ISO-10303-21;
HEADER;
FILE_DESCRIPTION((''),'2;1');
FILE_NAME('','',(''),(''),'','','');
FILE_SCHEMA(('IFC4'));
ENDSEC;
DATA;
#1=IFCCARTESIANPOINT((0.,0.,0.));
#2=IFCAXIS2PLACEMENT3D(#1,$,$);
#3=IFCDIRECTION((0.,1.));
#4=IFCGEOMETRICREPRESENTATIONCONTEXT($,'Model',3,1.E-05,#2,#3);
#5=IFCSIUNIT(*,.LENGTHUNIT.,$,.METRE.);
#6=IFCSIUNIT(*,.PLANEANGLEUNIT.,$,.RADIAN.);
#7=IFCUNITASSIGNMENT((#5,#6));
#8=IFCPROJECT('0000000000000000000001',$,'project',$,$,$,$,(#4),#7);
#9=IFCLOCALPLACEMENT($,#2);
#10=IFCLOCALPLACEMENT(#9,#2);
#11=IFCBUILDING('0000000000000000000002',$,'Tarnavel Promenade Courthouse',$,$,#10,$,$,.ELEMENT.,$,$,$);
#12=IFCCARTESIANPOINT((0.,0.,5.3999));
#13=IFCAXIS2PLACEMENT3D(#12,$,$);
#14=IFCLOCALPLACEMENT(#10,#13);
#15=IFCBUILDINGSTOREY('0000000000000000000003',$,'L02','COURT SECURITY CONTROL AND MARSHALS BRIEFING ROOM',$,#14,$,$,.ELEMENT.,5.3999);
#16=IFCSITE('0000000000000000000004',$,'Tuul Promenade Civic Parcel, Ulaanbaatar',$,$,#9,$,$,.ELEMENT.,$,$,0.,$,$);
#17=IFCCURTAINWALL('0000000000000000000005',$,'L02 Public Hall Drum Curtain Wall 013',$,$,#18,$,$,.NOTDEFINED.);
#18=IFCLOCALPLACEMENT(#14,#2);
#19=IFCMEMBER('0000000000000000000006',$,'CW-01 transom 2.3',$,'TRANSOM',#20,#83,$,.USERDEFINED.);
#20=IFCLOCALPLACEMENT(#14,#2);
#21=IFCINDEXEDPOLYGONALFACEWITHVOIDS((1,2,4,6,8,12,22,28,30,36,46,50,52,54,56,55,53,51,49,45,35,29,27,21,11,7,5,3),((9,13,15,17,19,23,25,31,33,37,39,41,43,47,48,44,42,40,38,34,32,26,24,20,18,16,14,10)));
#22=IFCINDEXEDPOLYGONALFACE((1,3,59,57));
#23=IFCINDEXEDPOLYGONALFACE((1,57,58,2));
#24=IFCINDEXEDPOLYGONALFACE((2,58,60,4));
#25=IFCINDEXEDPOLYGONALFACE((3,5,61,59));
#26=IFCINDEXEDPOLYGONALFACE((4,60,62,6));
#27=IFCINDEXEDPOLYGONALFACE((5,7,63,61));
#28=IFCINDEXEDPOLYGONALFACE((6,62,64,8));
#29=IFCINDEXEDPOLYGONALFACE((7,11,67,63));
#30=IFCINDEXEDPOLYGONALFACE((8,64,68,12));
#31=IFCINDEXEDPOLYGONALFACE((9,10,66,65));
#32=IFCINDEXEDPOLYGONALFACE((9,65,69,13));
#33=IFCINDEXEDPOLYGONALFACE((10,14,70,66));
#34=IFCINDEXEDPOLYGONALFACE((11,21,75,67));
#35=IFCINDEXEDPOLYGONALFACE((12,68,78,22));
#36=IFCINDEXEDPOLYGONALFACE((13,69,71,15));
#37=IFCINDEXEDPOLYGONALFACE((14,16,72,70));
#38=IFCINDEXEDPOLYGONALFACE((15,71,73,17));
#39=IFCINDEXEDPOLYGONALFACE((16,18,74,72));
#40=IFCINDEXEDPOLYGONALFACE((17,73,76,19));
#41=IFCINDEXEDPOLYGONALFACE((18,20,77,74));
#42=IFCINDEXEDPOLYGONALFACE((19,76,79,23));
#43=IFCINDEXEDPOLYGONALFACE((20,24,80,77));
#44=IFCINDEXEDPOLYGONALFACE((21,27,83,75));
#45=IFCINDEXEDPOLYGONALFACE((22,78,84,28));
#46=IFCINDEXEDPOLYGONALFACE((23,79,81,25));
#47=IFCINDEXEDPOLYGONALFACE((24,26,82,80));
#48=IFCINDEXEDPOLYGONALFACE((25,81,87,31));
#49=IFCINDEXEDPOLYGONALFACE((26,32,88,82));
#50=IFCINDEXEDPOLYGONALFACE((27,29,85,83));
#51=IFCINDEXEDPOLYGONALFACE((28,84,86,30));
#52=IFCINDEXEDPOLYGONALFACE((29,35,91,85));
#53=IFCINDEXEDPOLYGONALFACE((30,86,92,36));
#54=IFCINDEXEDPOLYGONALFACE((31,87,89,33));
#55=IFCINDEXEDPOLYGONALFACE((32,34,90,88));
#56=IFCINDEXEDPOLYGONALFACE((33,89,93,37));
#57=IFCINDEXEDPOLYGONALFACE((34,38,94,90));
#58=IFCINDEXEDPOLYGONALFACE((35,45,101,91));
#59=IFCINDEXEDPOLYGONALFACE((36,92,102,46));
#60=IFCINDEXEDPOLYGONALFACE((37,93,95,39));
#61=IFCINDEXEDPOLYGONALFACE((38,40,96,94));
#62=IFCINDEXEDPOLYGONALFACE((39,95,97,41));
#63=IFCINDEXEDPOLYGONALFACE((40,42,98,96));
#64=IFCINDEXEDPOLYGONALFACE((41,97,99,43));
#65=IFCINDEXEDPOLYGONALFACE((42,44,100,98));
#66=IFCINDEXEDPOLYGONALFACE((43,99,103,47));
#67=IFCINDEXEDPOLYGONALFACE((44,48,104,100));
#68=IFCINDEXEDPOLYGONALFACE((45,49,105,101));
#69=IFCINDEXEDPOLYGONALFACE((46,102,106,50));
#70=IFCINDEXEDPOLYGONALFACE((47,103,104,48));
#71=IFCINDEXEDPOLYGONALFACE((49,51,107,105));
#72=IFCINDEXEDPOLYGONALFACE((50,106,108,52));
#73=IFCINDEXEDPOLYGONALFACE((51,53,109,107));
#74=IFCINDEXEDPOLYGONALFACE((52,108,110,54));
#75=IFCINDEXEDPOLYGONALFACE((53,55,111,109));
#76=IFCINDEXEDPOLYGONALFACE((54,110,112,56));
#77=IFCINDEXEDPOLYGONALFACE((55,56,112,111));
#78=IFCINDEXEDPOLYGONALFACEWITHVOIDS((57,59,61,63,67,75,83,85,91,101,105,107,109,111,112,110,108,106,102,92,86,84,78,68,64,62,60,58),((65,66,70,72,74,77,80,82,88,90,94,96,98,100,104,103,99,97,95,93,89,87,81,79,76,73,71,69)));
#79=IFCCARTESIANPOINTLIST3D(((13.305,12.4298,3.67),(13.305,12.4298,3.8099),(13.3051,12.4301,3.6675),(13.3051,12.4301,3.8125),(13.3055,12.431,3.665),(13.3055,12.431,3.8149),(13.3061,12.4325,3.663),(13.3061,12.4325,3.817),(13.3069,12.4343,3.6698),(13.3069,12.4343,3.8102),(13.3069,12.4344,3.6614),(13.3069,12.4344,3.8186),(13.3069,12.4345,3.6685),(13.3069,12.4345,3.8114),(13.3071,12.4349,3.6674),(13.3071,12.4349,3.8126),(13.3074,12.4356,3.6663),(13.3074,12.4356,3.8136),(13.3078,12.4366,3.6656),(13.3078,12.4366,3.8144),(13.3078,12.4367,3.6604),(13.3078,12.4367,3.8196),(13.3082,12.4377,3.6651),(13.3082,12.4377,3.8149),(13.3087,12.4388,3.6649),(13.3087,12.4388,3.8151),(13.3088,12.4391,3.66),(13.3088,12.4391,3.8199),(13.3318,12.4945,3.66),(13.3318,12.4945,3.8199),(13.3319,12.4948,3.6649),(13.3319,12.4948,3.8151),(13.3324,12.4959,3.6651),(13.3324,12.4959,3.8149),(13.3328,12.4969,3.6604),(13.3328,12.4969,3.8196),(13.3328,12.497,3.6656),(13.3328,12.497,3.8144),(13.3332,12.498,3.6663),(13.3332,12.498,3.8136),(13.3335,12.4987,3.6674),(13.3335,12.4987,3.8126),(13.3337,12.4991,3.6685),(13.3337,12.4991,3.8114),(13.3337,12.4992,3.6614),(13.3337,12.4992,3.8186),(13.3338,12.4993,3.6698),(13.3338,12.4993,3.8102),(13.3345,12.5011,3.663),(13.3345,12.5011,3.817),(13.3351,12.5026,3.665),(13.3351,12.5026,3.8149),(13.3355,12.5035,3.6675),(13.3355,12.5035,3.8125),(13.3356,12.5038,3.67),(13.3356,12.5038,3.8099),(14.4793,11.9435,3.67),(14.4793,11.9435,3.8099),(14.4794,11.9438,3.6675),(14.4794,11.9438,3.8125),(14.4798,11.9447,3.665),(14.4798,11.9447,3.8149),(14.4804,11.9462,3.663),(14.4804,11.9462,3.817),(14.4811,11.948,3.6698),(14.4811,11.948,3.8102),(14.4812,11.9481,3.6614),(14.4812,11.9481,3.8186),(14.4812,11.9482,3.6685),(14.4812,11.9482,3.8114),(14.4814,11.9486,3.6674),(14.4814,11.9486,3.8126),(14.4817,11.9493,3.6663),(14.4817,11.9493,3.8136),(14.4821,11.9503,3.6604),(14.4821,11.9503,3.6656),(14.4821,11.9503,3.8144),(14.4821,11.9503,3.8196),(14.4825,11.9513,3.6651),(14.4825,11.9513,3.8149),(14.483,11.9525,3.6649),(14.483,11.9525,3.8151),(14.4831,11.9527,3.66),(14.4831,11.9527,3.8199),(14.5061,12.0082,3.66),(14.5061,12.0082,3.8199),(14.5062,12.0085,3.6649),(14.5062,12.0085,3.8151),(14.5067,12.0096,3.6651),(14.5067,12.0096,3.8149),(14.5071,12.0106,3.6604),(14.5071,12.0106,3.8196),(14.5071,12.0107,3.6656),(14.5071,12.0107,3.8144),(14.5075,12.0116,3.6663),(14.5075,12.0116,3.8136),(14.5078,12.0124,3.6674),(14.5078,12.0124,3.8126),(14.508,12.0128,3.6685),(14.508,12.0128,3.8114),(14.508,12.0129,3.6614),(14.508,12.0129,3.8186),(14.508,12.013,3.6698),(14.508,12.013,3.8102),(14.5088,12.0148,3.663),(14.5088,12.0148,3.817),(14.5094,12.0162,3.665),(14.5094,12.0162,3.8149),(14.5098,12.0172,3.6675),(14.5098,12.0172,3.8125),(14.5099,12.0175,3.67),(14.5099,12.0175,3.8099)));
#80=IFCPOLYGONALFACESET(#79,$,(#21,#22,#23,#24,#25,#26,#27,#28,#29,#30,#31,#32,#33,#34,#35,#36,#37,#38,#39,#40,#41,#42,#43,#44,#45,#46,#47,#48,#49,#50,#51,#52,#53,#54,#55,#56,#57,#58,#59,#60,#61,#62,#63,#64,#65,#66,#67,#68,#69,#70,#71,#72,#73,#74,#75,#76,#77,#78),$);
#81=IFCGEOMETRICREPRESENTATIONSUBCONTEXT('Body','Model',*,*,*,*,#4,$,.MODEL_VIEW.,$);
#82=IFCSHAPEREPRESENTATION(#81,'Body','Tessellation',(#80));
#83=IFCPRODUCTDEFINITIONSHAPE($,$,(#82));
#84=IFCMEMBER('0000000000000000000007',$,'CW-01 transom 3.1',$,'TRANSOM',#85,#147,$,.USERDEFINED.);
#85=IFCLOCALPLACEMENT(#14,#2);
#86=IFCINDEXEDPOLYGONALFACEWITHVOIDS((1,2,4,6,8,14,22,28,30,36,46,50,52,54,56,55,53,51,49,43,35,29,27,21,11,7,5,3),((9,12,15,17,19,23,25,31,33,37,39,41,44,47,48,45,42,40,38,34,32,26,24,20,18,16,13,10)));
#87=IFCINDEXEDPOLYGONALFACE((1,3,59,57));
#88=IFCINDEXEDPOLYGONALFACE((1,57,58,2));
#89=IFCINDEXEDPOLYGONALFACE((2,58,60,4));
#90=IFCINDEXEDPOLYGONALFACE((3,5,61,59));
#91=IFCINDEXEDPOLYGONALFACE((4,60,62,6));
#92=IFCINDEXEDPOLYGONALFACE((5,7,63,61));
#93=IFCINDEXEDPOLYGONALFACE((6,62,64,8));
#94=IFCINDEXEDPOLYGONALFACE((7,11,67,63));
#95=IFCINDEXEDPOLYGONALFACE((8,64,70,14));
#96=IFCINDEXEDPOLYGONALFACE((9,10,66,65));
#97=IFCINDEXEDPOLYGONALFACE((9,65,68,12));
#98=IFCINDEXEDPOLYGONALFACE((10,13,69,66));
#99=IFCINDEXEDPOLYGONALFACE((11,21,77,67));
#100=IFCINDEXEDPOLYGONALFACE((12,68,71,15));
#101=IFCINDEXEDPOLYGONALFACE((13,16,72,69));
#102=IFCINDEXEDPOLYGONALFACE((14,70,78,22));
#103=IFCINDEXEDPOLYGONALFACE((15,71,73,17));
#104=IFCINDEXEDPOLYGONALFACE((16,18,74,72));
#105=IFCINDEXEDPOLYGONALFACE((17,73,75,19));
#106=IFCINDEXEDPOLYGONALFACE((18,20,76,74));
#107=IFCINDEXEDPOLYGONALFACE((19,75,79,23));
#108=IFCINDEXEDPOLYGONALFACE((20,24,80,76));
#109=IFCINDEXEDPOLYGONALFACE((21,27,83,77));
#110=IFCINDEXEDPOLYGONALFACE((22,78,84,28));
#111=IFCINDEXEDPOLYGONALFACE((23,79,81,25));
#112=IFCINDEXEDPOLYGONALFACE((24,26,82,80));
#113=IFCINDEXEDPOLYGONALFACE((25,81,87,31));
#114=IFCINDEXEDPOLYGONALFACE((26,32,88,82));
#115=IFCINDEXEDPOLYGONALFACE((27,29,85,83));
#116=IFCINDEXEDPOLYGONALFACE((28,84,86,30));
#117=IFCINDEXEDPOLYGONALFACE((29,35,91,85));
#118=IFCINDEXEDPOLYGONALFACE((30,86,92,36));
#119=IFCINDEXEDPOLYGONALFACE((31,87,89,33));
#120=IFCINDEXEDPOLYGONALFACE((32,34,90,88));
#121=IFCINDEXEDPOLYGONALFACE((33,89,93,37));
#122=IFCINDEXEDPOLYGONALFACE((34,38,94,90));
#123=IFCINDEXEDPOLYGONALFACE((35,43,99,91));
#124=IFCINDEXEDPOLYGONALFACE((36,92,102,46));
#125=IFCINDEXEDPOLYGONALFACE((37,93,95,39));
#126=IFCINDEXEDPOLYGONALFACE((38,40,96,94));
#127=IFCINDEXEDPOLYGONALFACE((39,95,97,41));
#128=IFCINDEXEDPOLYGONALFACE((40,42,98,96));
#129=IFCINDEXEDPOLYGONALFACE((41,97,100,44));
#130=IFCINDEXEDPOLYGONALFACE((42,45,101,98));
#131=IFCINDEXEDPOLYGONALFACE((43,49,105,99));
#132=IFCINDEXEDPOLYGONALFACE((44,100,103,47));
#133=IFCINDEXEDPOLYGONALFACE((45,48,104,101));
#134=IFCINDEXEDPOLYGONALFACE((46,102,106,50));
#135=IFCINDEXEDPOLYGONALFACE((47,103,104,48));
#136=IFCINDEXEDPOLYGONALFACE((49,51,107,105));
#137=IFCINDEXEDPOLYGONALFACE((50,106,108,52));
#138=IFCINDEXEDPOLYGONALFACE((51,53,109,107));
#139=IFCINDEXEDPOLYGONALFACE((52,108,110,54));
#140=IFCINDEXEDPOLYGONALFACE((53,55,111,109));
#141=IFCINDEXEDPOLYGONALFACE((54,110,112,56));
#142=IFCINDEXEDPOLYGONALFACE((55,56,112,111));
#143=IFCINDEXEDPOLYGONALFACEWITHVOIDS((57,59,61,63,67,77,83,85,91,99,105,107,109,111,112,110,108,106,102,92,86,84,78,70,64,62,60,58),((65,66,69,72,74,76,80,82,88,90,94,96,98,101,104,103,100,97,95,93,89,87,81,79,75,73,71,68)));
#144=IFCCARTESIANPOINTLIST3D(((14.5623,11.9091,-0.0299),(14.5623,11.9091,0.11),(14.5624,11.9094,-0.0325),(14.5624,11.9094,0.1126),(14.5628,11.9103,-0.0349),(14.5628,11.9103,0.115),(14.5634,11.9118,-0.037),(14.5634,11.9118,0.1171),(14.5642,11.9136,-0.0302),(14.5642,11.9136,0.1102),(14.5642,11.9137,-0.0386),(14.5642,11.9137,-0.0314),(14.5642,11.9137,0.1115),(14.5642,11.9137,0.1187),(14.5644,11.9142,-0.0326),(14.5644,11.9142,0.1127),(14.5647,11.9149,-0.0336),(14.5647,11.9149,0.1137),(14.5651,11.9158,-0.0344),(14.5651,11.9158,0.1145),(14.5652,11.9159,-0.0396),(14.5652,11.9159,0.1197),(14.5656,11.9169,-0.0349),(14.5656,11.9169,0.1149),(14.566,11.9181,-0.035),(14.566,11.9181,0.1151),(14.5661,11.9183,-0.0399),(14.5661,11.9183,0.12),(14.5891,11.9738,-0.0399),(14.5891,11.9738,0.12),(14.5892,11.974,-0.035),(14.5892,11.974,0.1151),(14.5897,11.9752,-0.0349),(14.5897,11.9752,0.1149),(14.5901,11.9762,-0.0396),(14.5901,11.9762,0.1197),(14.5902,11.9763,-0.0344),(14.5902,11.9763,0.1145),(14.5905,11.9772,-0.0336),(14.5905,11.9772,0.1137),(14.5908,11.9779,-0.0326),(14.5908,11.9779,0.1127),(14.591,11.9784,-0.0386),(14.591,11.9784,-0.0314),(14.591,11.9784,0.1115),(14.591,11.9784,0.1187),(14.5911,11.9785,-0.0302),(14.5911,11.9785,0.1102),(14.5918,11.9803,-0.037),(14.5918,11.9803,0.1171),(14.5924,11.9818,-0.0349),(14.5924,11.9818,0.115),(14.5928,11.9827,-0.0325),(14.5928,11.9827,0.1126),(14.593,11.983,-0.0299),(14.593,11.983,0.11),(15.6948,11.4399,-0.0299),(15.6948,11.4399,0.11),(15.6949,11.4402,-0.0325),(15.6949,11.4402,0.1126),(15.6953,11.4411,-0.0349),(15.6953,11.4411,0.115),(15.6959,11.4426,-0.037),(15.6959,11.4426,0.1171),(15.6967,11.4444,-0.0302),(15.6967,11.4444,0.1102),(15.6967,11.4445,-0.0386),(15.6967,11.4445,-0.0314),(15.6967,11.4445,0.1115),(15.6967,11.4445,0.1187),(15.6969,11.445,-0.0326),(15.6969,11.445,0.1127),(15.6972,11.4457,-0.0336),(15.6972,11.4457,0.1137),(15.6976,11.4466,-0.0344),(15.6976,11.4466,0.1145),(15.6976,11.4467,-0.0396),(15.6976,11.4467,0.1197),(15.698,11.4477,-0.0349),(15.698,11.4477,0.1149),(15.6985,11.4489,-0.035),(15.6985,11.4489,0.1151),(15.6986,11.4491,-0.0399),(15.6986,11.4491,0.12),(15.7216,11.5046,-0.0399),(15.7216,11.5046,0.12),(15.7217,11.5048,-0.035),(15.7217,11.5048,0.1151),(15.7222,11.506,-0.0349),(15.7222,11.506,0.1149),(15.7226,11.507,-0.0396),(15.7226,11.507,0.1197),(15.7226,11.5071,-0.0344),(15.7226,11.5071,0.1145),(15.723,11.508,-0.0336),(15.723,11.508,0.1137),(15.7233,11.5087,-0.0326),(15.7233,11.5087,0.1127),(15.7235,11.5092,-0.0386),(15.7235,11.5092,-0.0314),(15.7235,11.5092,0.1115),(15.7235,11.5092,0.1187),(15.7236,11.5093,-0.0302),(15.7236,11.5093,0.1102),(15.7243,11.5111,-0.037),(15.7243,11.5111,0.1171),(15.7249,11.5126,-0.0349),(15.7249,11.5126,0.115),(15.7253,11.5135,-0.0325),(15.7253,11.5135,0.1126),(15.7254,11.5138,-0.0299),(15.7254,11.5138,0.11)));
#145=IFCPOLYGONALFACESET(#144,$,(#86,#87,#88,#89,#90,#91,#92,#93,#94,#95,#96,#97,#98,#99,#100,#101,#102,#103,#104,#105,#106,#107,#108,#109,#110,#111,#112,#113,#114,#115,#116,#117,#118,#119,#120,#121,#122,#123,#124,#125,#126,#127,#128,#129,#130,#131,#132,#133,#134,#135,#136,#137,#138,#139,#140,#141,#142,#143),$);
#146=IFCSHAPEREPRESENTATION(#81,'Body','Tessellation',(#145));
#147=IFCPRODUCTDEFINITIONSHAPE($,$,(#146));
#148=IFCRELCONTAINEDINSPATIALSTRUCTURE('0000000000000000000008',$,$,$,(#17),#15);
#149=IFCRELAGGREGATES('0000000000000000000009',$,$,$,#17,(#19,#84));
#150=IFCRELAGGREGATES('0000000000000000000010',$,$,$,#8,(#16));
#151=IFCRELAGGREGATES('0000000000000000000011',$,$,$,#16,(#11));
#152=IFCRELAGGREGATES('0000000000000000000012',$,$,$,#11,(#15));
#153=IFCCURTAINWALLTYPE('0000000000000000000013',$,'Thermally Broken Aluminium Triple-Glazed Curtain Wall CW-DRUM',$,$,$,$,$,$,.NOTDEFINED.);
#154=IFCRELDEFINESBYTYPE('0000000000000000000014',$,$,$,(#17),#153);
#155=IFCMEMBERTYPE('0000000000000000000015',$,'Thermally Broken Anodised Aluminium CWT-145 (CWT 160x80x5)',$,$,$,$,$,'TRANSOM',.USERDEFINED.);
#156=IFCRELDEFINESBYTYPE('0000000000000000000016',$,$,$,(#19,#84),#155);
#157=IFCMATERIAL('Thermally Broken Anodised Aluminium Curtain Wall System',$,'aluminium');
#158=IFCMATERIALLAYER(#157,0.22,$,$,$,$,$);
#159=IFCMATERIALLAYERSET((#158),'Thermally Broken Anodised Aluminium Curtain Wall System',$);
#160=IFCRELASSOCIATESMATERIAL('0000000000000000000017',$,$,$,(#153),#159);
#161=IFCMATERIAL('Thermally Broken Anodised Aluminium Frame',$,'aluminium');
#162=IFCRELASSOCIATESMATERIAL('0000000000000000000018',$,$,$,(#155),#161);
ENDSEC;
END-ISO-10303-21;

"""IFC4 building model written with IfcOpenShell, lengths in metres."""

from ifc_helpers import new_model, si_unit, direction, frame, origin, origin_2d, place, context, subcontext, project, spatial, hollow_rectangle, extrude, material, layer, layer_set, material_profile, profile_set, type_object, element, aggregate, save


model = new_model("IFC4")

# Units and contexts
model_context = context("Model", 3, precision=1e-05, world=origin(), true_north=direction((0.0, 1.0)))
body_context = subcontext(model_context, "Body", "Model", "MODEL_VIEW")
ifc_project = project(units=[si_unit("LENGTHUNIT", "METRE"), si_unit("PLANEANGLEUNIT", "RADIAN")], contexts=[model_context])

# Site, building, storey
site_placement = place(None, origin())
site = spatial("IfcSite", under=ifc_project, at=site_placement, Name="Tuul Promenade Civic Parcel, Ulaanbaatar", CompositionType="ELEMENT", RefElevation=0.0)
building_placement = place(site_placement, origin())
building = spatial("IfcBuilding", under=site, at=building_placement, Name="Tarnavel Promenade Courthouse", CompositionType="ELEMENT")
storey_placement = place(building_placement, frame((0.0, 0.0, 5.3999)))
storey = spatial("IfcBuildingStorey", under=building, at=storey_placement, Name="L02", Description="COURT SECURITY CONTROL AND MARSHALS BRIEFING ROOM", CompositionType="ELEMENT", Elevation=5.3999)

# Curtain wall
ifc_material_1 = material(Name="Thermally Broken Anodised Aluminium Curtain Wall System", Category="aluminium")
ifc_layer_1 = layer(ifc_material_1, 0.22)
ifc_layer_set_1 = layer_set([ifc_layer_1], Name="Thermally Broken Anodised Aluminium Curtain Wall System")
curtain_wall_type = type_object("IfcCurtainWallType", Name="Thermally Broken Aluminium Triple-Glazed Curtain Wall CW-DRUM", PredefinedType="NOTDEFINED", material=ifc_layer_set_1)
curtain_wall_1_placement = place(storey_placement, origin())
curtain_wall_1 = element("IfcCurtainWall", 1, at=curtain_wall_1_placement, inside=storey, type_object=curtain_wall_type, Name="L02 Public Hall Drum Curtain Wall 013", PredefinedType="NOTDEFINED")
ifc_material_2 = material(Name="Thermally Broken Anodised Aluminium Frame", Category="aluminium")

# Members
ifc_material_profile_1 = material_profile(ifc_material_2, hollow_rectangle(XDim=0.0801, YDim=0.1599, WallThickness=0.0049, InnerFilletRadius=0.0049, OuterFilletRadius=0.01, at=origin_2d()), Name="CWT 160x80x5")
ifc_profile_set_1 = profile_set([ifc_material_profile_1], Name="Thermally Broken Anodised Aluminium Frame")
member_type_1 = type_object("IfcMemberType", Name="Thermally Broken Anodised Aluminium CWT-145 (CWT 160x80x5)", ElementType="TRANSOM", PredefinedType="USERDEFINED", material=ifc_profile_set_1)
member_1_placement = place(storey_placement, frame((13.3203, 12.4668, 3.74), z_axis=(0.923904, -0.382623, 0.0), x_axis=(0.382623, 0.923904, 0.0)))
member_1 = element("IfcMember", 2, at=member_1_placement, type_object=member_type_1, Name="CW-01 transom 2.3", ObjectType="TRANSOM", PredefinedType="USERDEFINED", context=body_context, shape_type="SweptSolid", body=[
    extrude(hollow_rectangle(XDim=0.0801, YDim=0.1599, WallThickness=0.0049, InnerFilletRadius=0.0049, OuterFilletRadius=0.01, at=origin_2d()), origin(), (0.0, 0.0, 1.0), 1.271),
])
member_2_placement = place(storey_placement, frame((14.5776, 11.946, 0.04), z_axis=(0.923847, -0.382762, 0.0), x_axis=(0.382762, 0.923847, 0.0)))
member_2 = element("IfcMember", 3, at=member_2_placement, type_object=member_type_1, Name="CW-01 transom 3.1", ObjectType="TRANSOM", PredefinedType="USERDEFINED", context=body_context, shape_type="SweptSolid", body=[
    extrude(hollow_rectangle(XDim=0.0801, YDim=0.1599, WallThickness=0.0049, InnerFilletRadius=0.0049, OuterFilletRadius=0.01, at=origin_2d()), origin(), (0.0, 0.0, 1.0), 1.2258),
])

aggregate(curtain_wall_1, [member_1, member_2])

save(model, "model.ifc")
